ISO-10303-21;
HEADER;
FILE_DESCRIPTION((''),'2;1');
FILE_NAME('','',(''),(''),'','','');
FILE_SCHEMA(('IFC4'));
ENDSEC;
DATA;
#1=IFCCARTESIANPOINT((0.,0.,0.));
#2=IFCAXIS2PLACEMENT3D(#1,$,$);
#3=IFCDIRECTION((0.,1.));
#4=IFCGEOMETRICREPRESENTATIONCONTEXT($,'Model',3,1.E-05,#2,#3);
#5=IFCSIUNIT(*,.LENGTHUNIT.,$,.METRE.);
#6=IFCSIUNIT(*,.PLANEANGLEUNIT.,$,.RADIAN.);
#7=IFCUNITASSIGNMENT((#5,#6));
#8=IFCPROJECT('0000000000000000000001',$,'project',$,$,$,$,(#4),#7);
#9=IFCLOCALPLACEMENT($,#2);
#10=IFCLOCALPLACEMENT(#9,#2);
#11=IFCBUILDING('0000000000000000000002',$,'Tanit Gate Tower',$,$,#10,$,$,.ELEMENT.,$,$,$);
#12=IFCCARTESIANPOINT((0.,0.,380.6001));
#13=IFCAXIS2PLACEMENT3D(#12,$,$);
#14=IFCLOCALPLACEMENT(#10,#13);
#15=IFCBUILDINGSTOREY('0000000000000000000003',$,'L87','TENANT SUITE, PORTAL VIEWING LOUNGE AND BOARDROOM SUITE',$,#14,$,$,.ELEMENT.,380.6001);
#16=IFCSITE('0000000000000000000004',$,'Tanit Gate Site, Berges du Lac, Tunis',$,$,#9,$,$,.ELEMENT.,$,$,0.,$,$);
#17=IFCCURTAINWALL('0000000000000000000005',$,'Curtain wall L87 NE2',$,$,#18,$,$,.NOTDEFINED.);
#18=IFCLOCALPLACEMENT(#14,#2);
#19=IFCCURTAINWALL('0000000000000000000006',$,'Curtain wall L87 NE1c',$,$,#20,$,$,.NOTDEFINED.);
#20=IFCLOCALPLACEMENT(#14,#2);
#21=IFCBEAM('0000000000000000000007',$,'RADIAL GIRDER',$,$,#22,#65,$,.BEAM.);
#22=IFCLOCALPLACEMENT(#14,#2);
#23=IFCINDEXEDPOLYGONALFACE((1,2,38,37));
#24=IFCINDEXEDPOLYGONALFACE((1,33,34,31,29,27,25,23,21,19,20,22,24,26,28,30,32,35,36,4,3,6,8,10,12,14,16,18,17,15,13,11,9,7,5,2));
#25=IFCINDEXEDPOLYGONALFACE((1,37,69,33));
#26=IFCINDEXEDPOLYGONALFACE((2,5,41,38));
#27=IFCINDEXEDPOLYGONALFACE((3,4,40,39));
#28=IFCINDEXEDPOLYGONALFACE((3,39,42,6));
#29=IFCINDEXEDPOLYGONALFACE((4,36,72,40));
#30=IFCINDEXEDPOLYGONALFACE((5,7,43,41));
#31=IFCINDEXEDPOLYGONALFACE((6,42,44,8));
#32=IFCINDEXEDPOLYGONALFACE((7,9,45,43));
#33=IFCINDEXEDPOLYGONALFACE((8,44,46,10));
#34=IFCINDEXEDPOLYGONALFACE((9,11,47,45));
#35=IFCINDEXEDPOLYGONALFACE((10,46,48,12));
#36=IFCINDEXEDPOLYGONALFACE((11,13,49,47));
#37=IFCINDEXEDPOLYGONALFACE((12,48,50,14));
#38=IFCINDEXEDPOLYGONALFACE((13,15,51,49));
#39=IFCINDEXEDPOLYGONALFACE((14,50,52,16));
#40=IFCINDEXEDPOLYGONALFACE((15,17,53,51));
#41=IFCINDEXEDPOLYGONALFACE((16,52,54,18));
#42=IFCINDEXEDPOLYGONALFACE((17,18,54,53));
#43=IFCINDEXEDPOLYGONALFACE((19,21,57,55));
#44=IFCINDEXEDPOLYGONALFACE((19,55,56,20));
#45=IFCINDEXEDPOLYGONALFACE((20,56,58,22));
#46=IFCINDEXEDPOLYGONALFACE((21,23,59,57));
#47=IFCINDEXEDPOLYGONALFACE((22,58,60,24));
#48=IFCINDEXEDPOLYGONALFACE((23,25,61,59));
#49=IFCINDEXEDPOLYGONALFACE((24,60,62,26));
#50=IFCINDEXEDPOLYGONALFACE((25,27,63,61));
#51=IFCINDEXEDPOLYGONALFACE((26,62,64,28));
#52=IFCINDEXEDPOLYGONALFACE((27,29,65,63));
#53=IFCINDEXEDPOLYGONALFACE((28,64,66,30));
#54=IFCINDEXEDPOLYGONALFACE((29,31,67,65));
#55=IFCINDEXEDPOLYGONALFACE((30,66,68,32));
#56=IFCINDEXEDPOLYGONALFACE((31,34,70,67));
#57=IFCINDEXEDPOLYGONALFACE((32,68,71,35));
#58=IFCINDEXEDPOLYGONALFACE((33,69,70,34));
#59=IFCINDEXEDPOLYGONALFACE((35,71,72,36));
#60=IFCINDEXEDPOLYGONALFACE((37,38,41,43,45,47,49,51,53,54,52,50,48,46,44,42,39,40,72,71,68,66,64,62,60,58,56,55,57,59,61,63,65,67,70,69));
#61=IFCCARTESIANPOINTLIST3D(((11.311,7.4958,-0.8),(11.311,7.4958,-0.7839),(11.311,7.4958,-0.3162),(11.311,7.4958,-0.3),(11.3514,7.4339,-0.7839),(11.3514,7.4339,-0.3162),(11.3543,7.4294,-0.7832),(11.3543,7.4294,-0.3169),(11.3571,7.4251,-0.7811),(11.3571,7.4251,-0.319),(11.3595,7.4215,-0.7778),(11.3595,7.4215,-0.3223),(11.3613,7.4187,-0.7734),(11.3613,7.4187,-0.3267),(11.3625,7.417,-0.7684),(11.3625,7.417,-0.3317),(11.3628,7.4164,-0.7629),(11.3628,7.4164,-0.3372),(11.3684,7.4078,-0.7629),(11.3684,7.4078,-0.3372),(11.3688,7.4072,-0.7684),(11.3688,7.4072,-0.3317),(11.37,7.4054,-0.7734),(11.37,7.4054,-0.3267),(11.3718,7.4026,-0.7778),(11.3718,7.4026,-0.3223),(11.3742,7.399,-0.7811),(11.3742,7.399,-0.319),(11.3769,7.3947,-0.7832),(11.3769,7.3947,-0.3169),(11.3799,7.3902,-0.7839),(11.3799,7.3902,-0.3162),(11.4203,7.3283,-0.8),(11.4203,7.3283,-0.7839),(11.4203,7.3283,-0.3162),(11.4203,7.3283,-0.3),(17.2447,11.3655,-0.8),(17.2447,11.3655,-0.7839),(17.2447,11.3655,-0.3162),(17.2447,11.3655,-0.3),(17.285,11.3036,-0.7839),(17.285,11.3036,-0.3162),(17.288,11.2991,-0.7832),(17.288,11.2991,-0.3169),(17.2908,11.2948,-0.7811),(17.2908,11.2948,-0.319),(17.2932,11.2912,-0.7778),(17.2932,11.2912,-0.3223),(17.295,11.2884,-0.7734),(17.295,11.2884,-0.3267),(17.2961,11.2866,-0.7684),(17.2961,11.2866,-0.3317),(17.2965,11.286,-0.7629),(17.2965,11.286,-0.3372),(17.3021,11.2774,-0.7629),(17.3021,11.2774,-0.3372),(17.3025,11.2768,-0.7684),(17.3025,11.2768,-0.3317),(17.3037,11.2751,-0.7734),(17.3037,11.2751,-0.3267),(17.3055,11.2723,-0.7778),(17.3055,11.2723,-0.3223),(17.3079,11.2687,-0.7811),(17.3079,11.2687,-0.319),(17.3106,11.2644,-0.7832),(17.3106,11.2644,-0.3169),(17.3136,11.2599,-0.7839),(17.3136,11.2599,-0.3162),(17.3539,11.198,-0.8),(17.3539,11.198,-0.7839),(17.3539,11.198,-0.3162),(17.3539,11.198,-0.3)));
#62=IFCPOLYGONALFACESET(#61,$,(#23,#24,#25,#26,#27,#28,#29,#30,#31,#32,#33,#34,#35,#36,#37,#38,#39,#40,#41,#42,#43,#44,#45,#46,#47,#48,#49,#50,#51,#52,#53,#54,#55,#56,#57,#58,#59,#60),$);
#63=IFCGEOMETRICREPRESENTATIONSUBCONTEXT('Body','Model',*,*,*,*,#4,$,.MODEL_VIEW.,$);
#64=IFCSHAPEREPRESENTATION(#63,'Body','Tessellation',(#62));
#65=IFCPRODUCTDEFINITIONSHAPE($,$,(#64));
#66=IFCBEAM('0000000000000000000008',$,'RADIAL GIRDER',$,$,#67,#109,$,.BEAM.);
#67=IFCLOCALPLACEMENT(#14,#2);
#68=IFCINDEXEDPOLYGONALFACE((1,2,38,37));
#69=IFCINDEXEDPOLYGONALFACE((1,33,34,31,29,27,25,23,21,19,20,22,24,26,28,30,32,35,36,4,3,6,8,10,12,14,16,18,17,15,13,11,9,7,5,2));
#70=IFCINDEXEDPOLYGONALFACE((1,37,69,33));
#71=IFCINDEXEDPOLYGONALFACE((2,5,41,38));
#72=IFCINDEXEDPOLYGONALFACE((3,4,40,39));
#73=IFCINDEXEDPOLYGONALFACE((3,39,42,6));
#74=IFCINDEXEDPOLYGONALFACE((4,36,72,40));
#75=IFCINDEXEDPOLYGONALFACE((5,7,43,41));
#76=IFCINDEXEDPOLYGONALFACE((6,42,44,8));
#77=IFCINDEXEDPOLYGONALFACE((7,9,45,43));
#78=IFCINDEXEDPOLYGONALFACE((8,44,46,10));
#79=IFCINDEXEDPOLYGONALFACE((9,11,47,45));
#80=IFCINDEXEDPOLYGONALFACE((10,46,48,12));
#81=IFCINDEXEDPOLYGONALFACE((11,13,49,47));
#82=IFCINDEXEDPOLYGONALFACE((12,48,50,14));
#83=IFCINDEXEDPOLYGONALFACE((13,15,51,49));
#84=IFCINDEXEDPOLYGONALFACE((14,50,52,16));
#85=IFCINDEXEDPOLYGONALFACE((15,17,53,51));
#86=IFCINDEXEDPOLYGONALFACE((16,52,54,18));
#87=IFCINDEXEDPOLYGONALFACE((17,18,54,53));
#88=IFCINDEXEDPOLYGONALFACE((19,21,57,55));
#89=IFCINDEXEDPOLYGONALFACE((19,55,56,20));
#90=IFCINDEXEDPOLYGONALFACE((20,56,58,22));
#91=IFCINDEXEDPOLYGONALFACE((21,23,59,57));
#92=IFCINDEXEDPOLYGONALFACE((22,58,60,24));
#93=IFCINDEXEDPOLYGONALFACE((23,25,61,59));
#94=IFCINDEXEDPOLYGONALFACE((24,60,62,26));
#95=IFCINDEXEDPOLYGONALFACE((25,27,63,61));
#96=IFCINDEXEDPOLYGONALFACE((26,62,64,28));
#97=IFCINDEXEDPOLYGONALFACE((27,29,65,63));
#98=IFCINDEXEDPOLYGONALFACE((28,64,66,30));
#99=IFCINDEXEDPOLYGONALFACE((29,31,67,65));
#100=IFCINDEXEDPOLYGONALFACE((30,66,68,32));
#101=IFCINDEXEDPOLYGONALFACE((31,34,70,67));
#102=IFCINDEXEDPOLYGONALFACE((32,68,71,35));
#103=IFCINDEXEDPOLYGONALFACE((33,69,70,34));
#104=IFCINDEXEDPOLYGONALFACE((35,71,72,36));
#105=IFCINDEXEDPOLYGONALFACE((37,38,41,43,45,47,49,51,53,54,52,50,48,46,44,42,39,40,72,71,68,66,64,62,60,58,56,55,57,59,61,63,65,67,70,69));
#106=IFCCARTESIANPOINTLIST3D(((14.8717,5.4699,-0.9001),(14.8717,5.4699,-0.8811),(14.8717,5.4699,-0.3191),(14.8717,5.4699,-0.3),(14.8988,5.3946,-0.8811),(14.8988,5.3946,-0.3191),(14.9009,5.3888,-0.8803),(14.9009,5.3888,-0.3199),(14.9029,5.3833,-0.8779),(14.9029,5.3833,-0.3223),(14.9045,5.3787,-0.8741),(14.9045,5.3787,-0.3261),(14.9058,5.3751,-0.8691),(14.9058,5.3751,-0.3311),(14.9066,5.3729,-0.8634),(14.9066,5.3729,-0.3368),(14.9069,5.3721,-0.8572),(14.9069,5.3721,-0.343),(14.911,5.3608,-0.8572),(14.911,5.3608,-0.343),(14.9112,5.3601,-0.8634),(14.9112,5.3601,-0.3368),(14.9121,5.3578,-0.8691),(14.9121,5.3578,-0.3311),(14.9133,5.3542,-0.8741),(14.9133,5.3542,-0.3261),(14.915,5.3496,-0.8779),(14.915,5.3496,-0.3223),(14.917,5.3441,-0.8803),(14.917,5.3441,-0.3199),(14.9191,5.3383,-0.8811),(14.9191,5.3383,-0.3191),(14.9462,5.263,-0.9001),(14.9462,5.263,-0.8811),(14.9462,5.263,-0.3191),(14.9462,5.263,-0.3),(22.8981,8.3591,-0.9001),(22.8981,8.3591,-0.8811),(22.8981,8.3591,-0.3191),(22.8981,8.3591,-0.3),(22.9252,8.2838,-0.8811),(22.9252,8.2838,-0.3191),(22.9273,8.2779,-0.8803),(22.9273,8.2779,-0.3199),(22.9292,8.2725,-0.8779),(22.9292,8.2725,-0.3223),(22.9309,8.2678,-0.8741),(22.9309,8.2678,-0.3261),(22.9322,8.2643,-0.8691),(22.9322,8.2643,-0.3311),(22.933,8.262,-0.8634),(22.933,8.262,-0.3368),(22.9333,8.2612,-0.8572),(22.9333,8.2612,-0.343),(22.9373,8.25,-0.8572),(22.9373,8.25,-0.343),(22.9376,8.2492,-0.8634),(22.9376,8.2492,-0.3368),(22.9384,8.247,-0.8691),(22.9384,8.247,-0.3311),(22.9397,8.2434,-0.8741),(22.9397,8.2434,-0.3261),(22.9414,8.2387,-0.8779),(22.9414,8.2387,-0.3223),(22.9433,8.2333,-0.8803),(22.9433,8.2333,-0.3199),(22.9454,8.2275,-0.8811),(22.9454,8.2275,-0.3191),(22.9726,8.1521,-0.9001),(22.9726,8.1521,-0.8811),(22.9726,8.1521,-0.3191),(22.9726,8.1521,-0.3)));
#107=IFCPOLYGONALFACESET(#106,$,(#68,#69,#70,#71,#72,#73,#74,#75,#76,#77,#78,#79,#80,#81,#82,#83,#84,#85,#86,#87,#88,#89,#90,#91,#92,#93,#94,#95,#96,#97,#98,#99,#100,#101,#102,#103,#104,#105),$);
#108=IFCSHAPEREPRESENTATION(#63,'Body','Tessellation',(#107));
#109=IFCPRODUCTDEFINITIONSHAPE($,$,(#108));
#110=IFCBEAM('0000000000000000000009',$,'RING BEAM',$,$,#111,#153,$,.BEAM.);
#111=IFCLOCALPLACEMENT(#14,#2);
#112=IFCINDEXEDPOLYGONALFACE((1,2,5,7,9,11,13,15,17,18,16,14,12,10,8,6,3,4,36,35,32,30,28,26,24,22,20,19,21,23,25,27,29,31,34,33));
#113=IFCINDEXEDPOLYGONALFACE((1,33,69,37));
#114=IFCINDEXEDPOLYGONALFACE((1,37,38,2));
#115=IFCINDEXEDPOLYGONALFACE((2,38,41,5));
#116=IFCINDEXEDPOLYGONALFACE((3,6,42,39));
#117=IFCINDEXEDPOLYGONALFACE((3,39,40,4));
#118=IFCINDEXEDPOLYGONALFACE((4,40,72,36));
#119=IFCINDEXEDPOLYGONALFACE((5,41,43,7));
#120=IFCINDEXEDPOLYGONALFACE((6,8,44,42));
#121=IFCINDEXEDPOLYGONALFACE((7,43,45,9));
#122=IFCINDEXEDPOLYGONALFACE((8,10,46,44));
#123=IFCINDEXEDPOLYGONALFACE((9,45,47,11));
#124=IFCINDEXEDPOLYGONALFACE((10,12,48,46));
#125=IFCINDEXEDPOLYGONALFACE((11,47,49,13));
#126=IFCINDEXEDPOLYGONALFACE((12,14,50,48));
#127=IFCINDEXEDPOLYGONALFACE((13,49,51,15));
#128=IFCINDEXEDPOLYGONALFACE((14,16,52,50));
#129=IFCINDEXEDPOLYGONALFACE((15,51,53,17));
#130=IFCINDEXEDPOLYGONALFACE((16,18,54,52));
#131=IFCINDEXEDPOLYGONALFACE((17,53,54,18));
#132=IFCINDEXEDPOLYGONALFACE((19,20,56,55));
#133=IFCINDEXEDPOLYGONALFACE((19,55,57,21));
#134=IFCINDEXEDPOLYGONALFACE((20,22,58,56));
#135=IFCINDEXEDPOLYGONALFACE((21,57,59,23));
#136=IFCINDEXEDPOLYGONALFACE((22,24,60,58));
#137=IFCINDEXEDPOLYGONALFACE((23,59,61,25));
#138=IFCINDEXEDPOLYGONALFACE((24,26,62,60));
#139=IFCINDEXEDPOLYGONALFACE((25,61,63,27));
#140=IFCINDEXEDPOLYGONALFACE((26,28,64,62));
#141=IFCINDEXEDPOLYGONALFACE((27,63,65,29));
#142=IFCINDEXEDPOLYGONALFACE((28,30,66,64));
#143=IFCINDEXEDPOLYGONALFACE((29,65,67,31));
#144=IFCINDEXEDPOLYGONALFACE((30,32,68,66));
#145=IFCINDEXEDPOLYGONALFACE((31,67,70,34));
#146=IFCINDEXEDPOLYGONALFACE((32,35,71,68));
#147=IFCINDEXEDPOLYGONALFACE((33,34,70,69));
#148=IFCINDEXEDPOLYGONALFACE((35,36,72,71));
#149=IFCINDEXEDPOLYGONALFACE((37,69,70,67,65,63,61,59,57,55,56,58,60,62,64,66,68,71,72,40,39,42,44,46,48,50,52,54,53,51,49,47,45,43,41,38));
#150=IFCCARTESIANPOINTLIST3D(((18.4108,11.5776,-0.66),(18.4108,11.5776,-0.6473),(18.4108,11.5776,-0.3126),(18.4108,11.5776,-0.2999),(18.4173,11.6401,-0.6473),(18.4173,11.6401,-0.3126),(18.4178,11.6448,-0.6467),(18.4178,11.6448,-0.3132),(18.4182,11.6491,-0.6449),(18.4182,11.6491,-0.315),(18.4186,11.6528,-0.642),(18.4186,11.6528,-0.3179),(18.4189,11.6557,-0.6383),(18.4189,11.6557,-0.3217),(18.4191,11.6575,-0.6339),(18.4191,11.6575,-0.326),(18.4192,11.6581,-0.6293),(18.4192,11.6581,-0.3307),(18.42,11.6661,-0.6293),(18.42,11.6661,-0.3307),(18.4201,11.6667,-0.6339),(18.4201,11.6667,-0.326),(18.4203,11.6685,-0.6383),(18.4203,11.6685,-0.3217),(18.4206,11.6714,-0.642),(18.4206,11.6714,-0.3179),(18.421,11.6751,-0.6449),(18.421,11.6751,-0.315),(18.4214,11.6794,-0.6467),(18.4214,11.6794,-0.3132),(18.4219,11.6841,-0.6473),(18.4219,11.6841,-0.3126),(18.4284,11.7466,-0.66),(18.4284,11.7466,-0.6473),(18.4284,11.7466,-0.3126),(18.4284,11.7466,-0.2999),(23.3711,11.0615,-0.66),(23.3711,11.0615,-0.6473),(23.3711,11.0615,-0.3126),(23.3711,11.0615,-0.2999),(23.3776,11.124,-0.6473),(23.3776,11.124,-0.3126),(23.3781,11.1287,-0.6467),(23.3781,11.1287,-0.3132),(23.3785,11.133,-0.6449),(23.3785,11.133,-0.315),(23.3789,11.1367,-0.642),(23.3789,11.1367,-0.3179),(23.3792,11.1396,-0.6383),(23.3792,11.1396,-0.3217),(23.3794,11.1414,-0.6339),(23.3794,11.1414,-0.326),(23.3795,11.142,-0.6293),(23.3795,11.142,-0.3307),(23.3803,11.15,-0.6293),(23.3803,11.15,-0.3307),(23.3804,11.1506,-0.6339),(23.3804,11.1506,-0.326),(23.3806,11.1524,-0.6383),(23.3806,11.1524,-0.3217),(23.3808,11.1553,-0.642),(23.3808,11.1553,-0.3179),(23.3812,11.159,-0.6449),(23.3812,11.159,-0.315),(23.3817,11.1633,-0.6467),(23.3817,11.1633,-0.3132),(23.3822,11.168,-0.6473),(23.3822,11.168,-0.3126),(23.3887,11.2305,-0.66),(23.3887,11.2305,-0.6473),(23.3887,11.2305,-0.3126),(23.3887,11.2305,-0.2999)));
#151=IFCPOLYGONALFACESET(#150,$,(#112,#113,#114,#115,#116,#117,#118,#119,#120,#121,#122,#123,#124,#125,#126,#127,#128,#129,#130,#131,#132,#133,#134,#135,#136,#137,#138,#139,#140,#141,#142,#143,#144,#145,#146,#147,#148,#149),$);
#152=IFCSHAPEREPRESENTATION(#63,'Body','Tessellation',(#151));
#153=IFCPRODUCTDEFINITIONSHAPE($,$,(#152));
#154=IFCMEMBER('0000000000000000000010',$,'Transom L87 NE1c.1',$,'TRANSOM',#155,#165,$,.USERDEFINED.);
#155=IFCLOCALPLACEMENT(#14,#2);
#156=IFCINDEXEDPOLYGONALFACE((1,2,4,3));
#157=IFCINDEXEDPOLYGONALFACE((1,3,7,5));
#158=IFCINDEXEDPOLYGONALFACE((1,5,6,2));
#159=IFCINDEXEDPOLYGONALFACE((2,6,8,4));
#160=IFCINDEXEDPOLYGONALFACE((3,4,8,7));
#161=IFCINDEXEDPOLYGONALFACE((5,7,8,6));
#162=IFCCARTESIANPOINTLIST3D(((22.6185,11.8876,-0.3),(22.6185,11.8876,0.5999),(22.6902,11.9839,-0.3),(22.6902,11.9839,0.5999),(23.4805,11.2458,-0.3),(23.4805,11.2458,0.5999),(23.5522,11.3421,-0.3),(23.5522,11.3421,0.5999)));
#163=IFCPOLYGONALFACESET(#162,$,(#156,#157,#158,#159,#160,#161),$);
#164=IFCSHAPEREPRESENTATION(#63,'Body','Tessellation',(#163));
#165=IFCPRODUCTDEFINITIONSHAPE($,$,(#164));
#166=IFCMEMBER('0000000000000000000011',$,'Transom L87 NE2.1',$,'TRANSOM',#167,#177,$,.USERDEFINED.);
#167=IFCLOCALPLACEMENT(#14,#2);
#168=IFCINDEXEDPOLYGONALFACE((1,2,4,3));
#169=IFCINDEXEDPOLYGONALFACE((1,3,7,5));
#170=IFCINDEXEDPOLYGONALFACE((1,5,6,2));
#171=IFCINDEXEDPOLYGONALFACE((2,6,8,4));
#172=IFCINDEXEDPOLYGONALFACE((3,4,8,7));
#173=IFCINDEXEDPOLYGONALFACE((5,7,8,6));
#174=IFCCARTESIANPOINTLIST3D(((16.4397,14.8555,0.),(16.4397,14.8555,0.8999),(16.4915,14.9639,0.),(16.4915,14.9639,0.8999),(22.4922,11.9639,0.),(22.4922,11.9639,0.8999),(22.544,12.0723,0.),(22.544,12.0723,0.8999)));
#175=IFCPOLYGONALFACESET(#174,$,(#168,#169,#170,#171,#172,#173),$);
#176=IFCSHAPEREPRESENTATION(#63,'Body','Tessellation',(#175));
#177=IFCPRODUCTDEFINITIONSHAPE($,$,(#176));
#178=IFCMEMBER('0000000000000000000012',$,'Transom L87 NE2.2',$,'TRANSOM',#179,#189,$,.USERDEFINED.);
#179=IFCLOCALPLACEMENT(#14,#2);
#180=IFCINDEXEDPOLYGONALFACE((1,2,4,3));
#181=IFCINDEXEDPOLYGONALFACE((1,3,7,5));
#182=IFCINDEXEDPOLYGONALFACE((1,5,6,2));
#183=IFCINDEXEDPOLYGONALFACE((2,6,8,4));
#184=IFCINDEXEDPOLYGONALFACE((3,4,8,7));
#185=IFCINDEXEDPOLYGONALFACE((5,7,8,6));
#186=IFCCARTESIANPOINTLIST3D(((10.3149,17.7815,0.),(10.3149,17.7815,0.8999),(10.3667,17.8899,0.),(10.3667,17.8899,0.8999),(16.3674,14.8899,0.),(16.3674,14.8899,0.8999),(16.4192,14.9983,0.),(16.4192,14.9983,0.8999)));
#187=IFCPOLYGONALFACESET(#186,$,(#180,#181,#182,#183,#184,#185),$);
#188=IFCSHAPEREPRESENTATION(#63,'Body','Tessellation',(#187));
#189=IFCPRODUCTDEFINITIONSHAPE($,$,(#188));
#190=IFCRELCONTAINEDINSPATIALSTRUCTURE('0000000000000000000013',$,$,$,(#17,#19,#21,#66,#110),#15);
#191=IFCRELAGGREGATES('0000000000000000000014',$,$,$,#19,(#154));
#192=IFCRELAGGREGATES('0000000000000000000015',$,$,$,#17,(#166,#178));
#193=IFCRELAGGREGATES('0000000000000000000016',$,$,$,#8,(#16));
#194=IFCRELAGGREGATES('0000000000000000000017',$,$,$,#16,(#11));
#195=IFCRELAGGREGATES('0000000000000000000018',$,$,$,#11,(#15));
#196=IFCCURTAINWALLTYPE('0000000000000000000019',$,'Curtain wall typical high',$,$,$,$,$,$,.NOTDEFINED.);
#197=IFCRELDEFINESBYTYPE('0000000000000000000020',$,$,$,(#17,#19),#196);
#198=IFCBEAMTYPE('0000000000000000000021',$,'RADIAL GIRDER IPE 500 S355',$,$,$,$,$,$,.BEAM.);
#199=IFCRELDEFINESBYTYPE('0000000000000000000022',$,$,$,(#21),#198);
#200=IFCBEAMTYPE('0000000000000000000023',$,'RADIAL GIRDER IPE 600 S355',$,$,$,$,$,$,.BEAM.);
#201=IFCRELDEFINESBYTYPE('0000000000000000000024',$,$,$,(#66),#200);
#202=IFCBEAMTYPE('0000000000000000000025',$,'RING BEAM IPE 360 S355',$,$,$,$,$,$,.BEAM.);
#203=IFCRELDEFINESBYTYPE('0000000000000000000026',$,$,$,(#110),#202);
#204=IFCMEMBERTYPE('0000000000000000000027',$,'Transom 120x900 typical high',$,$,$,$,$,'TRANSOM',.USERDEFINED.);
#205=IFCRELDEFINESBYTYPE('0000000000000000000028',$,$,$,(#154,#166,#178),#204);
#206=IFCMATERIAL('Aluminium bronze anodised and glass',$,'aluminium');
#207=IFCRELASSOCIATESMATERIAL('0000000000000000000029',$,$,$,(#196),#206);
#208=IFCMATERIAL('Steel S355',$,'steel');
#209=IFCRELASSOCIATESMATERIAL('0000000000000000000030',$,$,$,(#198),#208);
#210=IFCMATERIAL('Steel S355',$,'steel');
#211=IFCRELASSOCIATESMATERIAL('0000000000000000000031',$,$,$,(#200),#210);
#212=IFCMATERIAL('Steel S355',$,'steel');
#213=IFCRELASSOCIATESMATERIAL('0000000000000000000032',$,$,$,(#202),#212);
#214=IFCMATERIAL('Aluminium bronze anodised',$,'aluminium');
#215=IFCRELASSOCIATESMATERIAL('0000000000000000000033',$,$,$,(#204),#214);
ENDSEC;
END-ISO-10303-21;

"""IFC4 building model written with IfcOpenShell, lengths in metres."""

from ifc_helpers import new_model, si_unit, direction, frame, origin, origin_2d, place, context, subcontext, project, spatial, rectangle, i_section, extrude, material, material_profile, profile_set, type_object, element, aggregate, save


model = new_model("IFC4")

# Units and contexts
model_context = context("Model", 3, precision=1e-05, world=origin(), true_north=direction((0.0, 1.0)))
body_context = subcontext(model_context, "Body", "Model", "MODEL_VIEW")
ifc_project = project(units=[si_unit("LENGTHUNIT", "METRE"), si_unit("PLANEANGLEUNIT", "RADIAN")], contexts=[model_context])

# Site, building, storey
site_placement = place(None, origin())
site = spatial("IfcSite", under=ifc_project, at=site_placement, Name="Tanit Gate Site, Berges du Lac, Tunis", CompositionType="ELEMENT", RefElevation=0.0)
building_placement = place(site_placement, origin())
building = spatial("IfcBuilding", under=site, at=building_placement, Name="Tanit Gate Tower", CompositionType="ELEMENT")
storey_placement = place(building_placement, frame((0.0, 0.0, 380.6001)))
storey = spatial("IfcBuildingStorey", under=building, at=storey_placement, Name="L87", Description="TENANT SUITE, PORTAL VIEWING LOUNGE AND BOARDROOM SUITE", CompositionType="ELEMENT", Elevation=380.6001)

# Curtain walls
ifc_material_1 = material(Name="Aluminium bronze anodised and glass", Category="aluminium")
curtain_wall_type_1 = type_object("IfcCurtainWallType", Name="Curtain wall typical high", PredefinedType="NOTDEFINED", material=ifc_material_1)
curtain_wall_1_placement = place(storey_placement, origin())
curtain_wall_1 = element("IfcCurtainWall", 1, at=curtain_wall_1_placement, inside=storey, type_object=curtain_wall_type_1, Name="Curtain wall L87 NE2", PredefinedType="NOTDEFINED")
curtain_wall_2_placement = place(storey_placement, origin())
curtain_wall_2 = element("IfcCurtainWall", 2, at=curtain_wall_2_placement, inside=storey, type_object=curtain_wall_type_1, Name="Curtain wall L87 NE1c", PredefinedType="NOTDEFINED")

# Beams
ifc_material_2 = material(Name="Steel S355", Category="steel")
ifc_material_profile_1 = material_profile(ifc_material_2, i_section(OverallWidth=0.2, OverallDepth=0.5, WebThickness=0.0103, FlangeThickness=0.0161, FilletRadius=0.021, at=origin_2d()), Name="IPE 500")
ifc_profile_set_1 = profile_set([ifc_material_profile_1], Name="Steel S355")
beam_type_1 = type_object("IfcBeamType", Name="RADIAL GIRDER IPE 500 S355", PredefinedType="BEAM", material=ifc_profile_set_1)
beam_1_placement = place(storey_placement, frame((17.2993, 11.2817, -0.55), z_axis=(-0.837617, -0.546257, 0.0), x_axis=(0.546257, -0.837617, 0.0)))
element("IfcBeam", 3, at=beam_1_placement, inside=storey, type_object=beam_type_1, Name="RADIAL GIRDER", PredefinedType="BEAM", context=body_context, shape_type="SweptSolid", body=[
    extrude(i_section(OverallWidth=0.2, OverallDepth=0.5, WebThickness=0.0103, FlangeThickness=0.0161, FilletRadius=0.021, at=origin_2d()), origin(), (0.0, 0.0, 1.0), 7.084),
])
ifc_material_3 = material(Name="Steel S355", Category="steel")
ifc_material_profile_2 = material_profile(ifc_material_3, i_section(OverallWidth=0.22, OverallDepth=0.6001, WebThickness=0.012, FlangeThickness=0.019, FilletRadius=0.0239, at=origin_2d()), Name="IPE 600")
ifc_profile_set_2 = profile_set([ifc_material_profile_2], Name="Steel S355")
beam_type_2 = type_object("IfcBeamType", Name="RADIAL GIRDER IPE 600 S355", PredefinedType="BEAM", material=ifc_profile_set_2)
beam_2_placement = place(storey_placement, frame((22.9353, 8.2556, -0.6001), z_axis=(-0.9409, -0.338685, 0.0), x_axis=(0.338685, -0.9409, 0.0)))
element("IfcBeam", 4, at=beam_2_placement, inside=storey, type_object=beam_type_2, Name="RADIAL GIRDER", PredefinedType="BEAM", context=body_context, shape_type="SweptSolid", body=[
    extrude(i_section(OverallWidth=0.22, OverallDepth=0.6001, WebThickness=0.012, FlangeThickness=0.019, FilletRadius=0.0239, at=origin_2d()), origin(), (0.0, 0.0, 1.0), 8.5305),
])
ifc_material_4 = material(Name="Steel S355", Category="steel")
ifc_material_profile_3 = material_profile(ifc_material_4, i_section(OverallWidth=0.1699, OverallDepth=0.3601, WebThickness=0.0081, FlangeThickness=0.0127, FilletRadius=0.0181, at=origin_2d()), Name="IPE 360")
ifc_profile_set_3 = profile_set([ifc_material_profile_3], Name="Steel S355")
beam_type_3 = type_object("IfcBeamType", Name="RING BEAM IPE 360 S355", PredefinedType="BEAM", material=ifc_profile_set_3)
beam_3_placement = place(storey_placement, frame((23.3799, 11.146, -0.48), z_axis=(-0.99463, 0.103492, 0.0), x_axis=(-0.103492, -0.99463, 0.0)))
element("IfcBeam", 5, at=beam_3_placement, inside=storey, type_object=beam_type_3, Name="RING BEAM", PredefinedType="BEAM", context=body_context, shape_type="SweptSolid", body=[
    extrude(i_section(OverallWidth=0.1699, OverallDepth=0.3601, WebThickness=0.0081, FlangeThickness=0.0127, FilletRadius=0.0181, at=origin_2d()), origin(), (0.0, 0.0, 1.0), 4.9871),
])

# Members
ifc_material_5 = material(Name="Aluminium bronze anodised", Category="aluminium")
ifc_material_profile_4 = material_profile(ifc_material_5, rectangle(XDim=0.1201, YDim=0.8999, at=origin_2d()), Name="120x900 bronze transom")
ifc_profile_set_4 = profile_set([ifc_material_profile_4], Name="Aluminium bronze anodised")
member_type_1 = type_object("IfcMemberType", Name="Transom 120x900 typical high", ElementType="TRANSOM", PredefinedType="USERDEFINED", material=ifc_profile_set_4)
member_1_placement = place(storey_placement, frame((23.5164, 11.2939, 0.1499), z_axis=(-0.802094, 0.597198, 0.0), x_axis=(-0.597198, -0.802094, 0.0)))
member_1 = element("IfcMember", 6, at=member_1_placement, type_object=member_type_1, Name="Transom L87 NE1c.1", ObjectType="TRANSOM", PredefinedType="USERDEFINED", context=body_context, shape_type="SweptSolid", body=[
    extrude(rectangle(XDim=0.1201, YDim=0.8999, at=origin_2d()), origin(), (0.0, 0.0, 1.0), 1.0747),
])
member_2_placement = place(storey_placement, frame((22.5181, 12.0181, 0.45), z_axis=(-0.902312, 0.431083, 0.0), x_axis=(-0.431083, -0.902312, 0.0)))
member_2 = element("IfcMember", 7, at=member_2_placement, type_object=member_type_1, Name="Transom L87 NE2.1", ObjectType="TRANSOM", PredefinedType="USERDEFINED", context=body_context, shape_type="SweptSolid", body=[
    extrude(rectangle(XDim=0.1201, YDim=0.8999, at=origin_2d()), origin(), (0.0, 0.0, 1.0), 6.7078),
])
member_3_placement = place(storey_placement, frame((16.3933, 14.9441, 0.45), z_axis=(-0.902312, 0.431083, 0.0), x_axis=(-0.431083, -0.902312, 0.0)))
member_3 = element("IfcMember", 8, at=member_3_placement, type_object=member_type_1, Name="Transom L87 NE2.2", ObjectType="TRANSOM", PredefinedType="USERDEFINED", context=body_context, shape_type="SweptSolid", body=[
    extrude(rectangle(XDim=0.1201, YDim=0.8999, at=origin_2d()), origin(), (0.0, 0.0, 1.0), 6.7078),
])

aggregate(curtain_wall_2, [member_1])
aggregate(curtain_wall_1, [member_2, member_3])

save(model, "model.ifc")
